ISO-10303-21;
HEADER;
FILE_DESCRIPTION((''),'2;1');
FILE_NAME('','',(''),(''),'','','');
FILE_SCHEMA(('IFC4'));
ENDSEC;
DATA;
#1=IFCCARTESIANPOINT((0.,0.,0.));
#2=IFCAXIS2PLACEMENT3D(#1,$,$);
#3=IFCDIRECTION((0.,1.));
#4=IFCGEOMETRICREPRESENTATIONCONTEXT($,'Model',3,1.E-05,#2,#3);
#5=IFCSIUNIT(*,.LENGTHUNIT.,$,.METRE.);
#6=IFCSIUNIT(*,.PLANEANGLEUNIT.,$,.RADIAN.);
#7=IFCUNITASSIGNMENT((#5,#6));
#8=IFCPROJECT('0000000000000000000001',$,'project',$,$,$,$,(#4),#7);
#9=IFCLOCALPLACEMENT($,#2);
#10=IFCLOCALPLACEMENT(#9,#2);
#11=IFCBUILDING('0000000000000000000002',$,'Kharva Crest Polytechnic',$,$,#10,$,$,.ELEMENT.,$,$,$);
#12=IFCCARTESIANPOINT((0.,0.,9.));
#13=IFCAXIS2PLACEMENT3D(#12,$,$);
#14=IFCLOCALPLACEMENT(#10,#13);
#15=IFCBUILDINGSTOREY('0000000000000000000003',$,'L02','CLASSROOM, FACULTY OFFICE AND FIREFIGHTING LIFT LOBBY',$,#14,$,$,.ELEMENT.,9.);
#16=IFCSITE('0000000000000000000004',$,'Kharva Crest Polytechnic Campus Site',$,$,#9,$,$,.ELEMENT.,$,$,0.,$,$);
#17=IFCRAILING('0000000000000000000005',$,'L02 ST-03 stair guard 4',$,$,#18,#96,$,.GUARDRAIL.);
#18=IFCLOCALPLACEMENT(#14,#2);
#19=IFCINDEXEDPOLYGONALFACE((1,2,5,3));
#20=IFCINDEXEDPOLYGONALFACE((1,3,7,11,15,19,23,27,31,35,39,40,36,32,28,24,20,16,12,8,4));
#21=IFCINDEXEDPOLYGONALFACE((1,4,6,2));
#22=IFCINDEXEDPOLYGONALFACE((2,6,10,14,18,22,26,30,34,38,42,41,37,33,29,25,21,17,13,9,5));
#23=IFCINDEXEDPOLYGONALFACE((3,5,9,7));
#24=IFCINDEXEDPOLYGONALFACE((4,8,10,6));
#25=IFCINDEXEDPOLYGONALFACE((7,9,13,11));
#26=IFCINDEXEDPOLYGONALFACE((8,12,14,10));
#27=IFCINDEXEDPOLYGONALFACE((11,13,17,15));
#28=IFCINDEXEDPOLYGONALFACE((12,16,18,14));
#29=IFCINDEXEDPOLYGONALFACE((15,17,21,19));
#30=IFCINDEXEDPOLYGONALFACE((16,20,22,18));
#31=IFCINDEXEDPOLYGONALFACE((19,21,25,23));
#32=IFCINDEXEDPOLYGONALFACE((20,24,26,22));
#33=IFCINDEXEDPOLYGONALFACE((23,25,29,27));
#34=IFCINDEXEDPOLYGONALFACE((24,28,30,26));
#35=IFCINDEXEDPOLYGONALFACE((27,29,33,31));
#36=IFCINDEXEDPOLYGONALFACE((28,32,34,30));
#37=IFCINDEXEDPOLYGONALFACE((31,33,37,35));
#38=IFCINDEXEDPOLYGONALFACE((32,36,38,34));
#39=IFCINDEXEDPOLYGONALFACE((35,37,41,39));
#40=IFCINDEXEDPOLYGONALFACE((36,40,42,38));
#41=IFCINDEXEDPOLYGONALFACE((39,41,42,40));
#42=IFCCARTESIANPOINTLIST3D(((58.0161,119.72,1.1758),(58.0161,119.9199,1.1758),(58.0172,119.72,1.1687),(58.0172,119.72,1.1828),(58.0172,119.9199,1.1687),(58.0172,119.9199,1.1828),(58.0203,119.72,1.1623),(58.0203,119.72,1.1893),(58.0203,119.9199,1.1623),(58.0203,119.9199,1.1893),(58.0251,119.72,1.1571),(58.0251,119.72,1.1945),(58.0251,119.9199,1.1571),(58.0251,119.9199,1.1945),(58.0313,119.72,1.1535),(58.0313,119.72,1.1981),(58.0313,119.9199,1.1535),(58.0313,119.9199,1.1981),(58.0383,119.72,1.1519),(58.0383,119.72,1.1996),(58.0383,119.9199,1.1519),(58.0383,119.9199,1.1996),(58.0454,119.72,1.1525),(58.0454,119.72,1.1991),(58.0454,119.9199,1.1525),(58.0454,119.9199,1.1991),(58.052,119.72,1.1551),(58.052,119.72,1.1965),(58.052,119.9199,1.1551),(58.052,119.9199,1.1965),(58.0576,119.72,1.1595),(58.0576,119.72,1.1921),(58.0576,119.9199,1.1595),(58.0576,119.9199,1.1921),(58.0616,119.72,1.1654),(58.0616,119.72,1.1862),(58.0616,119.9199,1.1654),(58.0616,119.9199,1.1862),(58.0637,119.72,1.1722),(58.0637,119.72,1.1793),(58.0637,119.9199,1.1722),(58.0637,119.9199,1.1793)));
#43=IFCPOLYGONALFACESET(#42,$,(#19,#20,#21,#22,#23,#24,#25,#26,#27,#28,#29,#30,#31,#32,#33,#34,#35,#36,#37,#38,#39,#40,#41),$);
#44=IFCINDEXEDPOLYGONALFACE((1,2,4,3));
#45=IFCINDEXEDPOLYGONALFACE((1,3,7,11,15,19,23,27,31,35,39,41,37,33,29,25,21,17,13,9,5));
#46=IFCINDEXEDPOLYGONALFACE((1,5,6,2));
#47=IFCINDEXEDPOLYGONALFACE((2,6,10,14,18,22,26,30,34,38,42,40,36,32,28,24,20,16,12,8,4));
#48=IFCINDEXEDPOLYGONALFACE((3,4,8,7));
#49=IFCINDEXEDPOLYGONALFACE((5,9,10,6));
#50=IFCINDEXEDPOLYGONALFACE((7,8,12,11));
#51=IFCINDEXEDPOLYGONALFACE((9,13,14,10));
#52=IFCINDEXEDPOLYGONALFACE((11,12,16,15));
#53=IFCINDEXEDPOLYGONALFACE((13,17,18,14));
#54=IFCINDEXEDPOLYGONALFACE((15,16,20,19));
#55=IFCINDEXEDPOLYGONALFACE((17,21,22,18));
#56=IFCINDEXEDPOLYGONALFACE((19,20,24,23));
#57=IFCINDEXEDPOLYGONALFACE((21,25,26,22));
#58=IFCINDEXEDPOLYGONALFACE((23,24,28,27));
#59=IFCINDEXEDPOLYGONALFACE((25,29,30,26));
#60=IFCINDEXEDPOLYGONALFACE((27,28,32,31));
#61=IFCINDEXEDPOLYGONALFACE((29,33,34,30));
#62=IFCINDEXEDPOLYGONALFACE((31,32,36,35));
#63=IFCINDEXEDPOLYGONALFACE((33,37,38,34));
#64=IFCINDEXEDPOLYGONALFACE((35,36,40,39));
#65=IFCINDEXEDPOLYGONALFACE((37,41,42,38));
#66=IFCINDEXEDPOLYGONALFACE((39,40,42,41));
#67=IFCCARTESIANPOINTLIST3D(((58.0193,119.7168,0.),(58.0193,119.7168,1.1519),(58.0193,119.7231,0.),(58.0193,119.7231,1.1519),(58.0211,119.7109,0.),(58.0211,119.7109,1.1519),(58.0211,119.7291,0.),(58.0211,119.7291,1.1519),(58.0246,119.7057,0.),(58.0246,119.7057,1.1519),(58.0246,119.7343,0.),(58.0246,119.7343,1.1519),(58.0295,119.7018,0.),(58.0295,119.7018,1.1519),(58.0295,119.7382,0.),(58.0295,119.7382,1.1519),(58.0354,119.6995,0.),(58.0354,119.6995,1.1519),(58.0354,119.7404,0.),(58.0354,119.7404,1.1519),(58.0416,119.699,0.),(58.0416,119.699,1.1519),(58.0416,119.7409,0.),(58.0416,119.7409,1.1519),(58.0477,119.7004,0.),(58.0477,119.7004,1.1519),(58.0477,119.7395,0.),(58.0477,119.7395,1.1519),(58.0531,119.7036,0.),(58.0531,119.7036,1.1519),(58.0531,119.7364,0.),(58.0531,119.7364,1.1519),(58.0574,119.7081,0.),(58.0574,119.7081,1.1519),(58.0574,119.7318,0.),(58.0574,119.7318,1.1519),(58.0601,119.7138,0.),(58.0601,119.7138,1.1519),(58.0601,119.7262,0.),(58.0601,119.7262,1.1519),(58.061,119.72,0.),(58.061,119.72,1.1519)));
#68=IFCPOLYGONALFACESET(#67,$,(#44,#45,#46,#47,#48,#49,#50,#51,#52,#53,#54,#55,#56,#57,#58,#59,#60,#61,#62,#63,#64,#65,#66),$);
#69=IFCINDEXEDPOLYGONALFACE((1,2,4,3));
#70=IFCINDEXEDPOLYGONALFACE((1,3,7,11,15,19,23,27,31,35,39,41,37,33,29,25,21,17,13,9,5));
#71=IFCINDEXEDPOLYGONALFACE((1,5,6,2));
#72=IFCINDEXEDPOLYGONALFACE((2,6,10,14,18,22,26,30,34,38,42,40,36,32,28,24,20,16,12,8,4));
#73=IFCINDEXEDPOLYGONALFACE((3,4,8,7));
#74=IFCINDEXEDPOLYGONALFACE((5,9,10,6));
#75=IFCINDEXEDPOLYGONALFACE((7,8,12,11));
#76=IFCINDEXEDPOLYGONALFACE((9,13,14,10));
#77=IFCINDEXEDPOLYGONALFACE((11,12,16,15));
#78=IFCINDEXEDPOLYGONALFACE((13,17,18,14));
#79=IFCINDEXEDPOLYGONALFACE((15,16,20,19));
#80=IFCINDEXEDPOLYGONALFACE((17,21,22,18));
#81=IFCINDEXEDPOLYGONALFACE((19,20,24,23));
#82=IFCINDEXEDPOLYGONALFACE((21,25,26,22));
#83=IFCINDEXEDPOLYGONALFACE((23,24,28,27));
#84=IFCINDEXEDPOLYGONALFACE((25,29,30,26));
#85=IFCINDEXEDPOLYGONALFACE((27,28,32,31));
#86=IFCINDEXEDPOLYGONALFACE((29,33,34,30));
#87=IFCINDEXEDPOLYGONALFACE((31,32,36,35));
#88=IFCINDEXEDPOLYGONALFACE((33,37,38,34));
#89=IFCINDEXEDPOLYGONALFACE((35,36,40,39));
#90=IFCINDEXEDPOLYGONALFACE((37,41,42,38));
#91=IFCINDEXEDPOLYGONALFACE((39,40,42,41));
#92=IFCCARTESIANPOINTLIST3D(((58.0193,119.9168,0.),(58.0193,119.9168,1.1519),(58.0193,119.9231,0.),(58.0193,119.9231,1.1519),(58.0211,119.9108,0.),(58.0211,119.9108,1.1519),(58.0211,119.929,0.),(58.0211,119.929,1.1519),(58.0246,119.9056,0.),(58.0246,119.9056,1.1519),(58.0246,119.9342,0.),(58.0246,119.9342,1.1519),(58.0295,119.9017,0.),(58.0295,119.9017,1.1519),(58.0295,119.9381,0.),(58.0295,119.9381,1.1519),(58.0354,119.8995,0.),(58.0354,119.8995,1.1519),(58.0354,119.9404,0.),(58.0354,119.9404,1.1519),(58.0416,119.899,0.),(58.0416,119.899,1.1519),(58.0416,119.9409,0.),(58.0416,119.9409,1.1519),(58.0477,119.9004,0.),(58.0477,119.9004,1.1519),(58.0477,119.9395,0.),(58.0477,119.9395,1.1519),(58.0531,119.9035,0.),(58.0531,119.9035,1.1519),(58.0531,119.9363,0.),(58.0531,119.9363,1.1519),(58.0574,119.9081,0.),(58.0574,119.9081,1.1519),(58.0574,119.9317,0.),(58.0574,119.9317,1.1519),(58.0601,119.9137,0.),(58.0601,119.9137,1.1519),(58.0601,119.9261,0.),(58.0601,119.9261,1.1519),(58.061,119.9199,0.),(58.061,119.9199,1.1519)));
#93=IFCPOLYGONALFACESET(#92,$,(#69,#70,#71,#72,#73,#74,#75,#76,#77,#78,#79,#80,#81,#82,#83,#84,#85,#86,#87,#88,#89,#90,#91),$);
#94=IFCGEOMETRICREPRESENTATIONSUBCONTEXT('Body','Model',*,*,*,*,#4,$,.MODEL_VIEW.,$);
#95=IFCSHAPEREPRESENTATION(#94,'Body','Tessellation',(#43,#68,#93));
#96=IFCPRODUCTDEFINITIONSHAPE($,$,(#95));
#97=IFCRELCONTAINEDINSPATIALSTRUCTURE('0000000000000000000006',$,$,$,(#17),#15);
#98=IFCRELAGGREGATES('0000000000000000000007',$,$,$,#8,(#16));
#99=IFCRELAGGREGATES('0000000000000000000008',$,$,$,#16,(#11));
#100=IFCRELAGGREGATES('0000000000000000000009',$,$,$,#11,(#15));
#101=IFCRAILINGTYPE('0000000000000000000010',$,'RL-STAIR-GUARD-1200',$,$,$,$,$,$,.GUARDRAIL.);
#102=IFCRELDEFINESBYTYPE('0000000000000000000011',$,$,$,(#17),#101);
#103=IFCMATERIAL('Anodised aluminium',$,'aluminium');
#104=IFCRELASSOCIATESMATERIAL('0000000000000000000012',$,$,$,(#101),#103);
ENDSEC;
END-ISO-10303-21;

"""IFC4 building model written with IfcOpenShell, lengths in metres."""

from ifc_helpers import new_model, si_unit, direction, frame, origin, origin_2d, place, context, subcontext, project, spatial, circle, extrude, material, type_object, element, save


model = new_model("IFC4")

# Units and contexts
model_context = context("Model", 3, precision=1e-05, world=origin(), true_north=direction((0.0, 1.0)))
body_context = subcontext(model_context, "Body", "Model", "MODEL_VIEW")
ifc_project = project(units=[si_unit("LENGTHUNIT", "METRE"), si_unit("PLANEANGLEUNIT", "RADIAN")], contexts=[model_context])

# Site, building, storey
site_placement = place(None, origin())
site = spatial("IfcSite", under=ifc_project, at=site_placement, Name="Kharva Crest Polytechnic Campus Site", CompositionType="ELEMENT", RefElevation=0.0)
building_placement = place(site_placement, origin())
building = spatial("IfcBuilding", under=site, at=building_placement, Name="Kharva Crest Polytechnic", CompositionType="ELEMENT")
storey_placement = place(building_placement, frame((0.0, 0.0, 9.0)))
storey = spatial("IfcBuildingStorey", under=building, at=storey_placement, Name="L02", Description="CLASSROOM, FACULTY OFFICE AND FIREFIGHTING LIFT LOBBY", CompositionType="ELEMENT", Elevation=9.0)

# Shared definitions
ifc_material_1 = material(Name="Anodised aluminium", Category="aluminium")

# Railing
railing_type_1 = type_object("IfcRailingType", Name="RL-STAIR-GUARD-1200", PredefinedType="GUARDRAIL", material=ifc_material_1)
railing_1_placement = place(storey_placement, frame((58.04, 119.72, 0.0)))
element("IfcRailing", 1, at=railing_1_placement, inside=storey, type_object=railing_type_1, Name="L02 ST-03 stair guard 4", PredefinedType="GUARDRAIL", context=body_context, shape_type="SweptSolid", body=[
    extrude(circle(Radius=0.0239, at=origin_2d()), frame((0.0, 0.0, 1.1758), z_axis=(0.0, 1.0, 0.0), x_axis=(-1.0, 0.0, 0.0)), (0.0, 0.0, 1.0), 0.2),
    extrude(circle(Radius=0.021, at=origin_2d()), origin(), (0.0, 0.0, 1.0), 1.1519),
    extrude(circle(Radius=0.021, at=origin_2d()), frame((0.0, 0.2, 0.0)), (0.0, 0.0, 1.0), 1.1519),
])

save(model, "model.ifc")
